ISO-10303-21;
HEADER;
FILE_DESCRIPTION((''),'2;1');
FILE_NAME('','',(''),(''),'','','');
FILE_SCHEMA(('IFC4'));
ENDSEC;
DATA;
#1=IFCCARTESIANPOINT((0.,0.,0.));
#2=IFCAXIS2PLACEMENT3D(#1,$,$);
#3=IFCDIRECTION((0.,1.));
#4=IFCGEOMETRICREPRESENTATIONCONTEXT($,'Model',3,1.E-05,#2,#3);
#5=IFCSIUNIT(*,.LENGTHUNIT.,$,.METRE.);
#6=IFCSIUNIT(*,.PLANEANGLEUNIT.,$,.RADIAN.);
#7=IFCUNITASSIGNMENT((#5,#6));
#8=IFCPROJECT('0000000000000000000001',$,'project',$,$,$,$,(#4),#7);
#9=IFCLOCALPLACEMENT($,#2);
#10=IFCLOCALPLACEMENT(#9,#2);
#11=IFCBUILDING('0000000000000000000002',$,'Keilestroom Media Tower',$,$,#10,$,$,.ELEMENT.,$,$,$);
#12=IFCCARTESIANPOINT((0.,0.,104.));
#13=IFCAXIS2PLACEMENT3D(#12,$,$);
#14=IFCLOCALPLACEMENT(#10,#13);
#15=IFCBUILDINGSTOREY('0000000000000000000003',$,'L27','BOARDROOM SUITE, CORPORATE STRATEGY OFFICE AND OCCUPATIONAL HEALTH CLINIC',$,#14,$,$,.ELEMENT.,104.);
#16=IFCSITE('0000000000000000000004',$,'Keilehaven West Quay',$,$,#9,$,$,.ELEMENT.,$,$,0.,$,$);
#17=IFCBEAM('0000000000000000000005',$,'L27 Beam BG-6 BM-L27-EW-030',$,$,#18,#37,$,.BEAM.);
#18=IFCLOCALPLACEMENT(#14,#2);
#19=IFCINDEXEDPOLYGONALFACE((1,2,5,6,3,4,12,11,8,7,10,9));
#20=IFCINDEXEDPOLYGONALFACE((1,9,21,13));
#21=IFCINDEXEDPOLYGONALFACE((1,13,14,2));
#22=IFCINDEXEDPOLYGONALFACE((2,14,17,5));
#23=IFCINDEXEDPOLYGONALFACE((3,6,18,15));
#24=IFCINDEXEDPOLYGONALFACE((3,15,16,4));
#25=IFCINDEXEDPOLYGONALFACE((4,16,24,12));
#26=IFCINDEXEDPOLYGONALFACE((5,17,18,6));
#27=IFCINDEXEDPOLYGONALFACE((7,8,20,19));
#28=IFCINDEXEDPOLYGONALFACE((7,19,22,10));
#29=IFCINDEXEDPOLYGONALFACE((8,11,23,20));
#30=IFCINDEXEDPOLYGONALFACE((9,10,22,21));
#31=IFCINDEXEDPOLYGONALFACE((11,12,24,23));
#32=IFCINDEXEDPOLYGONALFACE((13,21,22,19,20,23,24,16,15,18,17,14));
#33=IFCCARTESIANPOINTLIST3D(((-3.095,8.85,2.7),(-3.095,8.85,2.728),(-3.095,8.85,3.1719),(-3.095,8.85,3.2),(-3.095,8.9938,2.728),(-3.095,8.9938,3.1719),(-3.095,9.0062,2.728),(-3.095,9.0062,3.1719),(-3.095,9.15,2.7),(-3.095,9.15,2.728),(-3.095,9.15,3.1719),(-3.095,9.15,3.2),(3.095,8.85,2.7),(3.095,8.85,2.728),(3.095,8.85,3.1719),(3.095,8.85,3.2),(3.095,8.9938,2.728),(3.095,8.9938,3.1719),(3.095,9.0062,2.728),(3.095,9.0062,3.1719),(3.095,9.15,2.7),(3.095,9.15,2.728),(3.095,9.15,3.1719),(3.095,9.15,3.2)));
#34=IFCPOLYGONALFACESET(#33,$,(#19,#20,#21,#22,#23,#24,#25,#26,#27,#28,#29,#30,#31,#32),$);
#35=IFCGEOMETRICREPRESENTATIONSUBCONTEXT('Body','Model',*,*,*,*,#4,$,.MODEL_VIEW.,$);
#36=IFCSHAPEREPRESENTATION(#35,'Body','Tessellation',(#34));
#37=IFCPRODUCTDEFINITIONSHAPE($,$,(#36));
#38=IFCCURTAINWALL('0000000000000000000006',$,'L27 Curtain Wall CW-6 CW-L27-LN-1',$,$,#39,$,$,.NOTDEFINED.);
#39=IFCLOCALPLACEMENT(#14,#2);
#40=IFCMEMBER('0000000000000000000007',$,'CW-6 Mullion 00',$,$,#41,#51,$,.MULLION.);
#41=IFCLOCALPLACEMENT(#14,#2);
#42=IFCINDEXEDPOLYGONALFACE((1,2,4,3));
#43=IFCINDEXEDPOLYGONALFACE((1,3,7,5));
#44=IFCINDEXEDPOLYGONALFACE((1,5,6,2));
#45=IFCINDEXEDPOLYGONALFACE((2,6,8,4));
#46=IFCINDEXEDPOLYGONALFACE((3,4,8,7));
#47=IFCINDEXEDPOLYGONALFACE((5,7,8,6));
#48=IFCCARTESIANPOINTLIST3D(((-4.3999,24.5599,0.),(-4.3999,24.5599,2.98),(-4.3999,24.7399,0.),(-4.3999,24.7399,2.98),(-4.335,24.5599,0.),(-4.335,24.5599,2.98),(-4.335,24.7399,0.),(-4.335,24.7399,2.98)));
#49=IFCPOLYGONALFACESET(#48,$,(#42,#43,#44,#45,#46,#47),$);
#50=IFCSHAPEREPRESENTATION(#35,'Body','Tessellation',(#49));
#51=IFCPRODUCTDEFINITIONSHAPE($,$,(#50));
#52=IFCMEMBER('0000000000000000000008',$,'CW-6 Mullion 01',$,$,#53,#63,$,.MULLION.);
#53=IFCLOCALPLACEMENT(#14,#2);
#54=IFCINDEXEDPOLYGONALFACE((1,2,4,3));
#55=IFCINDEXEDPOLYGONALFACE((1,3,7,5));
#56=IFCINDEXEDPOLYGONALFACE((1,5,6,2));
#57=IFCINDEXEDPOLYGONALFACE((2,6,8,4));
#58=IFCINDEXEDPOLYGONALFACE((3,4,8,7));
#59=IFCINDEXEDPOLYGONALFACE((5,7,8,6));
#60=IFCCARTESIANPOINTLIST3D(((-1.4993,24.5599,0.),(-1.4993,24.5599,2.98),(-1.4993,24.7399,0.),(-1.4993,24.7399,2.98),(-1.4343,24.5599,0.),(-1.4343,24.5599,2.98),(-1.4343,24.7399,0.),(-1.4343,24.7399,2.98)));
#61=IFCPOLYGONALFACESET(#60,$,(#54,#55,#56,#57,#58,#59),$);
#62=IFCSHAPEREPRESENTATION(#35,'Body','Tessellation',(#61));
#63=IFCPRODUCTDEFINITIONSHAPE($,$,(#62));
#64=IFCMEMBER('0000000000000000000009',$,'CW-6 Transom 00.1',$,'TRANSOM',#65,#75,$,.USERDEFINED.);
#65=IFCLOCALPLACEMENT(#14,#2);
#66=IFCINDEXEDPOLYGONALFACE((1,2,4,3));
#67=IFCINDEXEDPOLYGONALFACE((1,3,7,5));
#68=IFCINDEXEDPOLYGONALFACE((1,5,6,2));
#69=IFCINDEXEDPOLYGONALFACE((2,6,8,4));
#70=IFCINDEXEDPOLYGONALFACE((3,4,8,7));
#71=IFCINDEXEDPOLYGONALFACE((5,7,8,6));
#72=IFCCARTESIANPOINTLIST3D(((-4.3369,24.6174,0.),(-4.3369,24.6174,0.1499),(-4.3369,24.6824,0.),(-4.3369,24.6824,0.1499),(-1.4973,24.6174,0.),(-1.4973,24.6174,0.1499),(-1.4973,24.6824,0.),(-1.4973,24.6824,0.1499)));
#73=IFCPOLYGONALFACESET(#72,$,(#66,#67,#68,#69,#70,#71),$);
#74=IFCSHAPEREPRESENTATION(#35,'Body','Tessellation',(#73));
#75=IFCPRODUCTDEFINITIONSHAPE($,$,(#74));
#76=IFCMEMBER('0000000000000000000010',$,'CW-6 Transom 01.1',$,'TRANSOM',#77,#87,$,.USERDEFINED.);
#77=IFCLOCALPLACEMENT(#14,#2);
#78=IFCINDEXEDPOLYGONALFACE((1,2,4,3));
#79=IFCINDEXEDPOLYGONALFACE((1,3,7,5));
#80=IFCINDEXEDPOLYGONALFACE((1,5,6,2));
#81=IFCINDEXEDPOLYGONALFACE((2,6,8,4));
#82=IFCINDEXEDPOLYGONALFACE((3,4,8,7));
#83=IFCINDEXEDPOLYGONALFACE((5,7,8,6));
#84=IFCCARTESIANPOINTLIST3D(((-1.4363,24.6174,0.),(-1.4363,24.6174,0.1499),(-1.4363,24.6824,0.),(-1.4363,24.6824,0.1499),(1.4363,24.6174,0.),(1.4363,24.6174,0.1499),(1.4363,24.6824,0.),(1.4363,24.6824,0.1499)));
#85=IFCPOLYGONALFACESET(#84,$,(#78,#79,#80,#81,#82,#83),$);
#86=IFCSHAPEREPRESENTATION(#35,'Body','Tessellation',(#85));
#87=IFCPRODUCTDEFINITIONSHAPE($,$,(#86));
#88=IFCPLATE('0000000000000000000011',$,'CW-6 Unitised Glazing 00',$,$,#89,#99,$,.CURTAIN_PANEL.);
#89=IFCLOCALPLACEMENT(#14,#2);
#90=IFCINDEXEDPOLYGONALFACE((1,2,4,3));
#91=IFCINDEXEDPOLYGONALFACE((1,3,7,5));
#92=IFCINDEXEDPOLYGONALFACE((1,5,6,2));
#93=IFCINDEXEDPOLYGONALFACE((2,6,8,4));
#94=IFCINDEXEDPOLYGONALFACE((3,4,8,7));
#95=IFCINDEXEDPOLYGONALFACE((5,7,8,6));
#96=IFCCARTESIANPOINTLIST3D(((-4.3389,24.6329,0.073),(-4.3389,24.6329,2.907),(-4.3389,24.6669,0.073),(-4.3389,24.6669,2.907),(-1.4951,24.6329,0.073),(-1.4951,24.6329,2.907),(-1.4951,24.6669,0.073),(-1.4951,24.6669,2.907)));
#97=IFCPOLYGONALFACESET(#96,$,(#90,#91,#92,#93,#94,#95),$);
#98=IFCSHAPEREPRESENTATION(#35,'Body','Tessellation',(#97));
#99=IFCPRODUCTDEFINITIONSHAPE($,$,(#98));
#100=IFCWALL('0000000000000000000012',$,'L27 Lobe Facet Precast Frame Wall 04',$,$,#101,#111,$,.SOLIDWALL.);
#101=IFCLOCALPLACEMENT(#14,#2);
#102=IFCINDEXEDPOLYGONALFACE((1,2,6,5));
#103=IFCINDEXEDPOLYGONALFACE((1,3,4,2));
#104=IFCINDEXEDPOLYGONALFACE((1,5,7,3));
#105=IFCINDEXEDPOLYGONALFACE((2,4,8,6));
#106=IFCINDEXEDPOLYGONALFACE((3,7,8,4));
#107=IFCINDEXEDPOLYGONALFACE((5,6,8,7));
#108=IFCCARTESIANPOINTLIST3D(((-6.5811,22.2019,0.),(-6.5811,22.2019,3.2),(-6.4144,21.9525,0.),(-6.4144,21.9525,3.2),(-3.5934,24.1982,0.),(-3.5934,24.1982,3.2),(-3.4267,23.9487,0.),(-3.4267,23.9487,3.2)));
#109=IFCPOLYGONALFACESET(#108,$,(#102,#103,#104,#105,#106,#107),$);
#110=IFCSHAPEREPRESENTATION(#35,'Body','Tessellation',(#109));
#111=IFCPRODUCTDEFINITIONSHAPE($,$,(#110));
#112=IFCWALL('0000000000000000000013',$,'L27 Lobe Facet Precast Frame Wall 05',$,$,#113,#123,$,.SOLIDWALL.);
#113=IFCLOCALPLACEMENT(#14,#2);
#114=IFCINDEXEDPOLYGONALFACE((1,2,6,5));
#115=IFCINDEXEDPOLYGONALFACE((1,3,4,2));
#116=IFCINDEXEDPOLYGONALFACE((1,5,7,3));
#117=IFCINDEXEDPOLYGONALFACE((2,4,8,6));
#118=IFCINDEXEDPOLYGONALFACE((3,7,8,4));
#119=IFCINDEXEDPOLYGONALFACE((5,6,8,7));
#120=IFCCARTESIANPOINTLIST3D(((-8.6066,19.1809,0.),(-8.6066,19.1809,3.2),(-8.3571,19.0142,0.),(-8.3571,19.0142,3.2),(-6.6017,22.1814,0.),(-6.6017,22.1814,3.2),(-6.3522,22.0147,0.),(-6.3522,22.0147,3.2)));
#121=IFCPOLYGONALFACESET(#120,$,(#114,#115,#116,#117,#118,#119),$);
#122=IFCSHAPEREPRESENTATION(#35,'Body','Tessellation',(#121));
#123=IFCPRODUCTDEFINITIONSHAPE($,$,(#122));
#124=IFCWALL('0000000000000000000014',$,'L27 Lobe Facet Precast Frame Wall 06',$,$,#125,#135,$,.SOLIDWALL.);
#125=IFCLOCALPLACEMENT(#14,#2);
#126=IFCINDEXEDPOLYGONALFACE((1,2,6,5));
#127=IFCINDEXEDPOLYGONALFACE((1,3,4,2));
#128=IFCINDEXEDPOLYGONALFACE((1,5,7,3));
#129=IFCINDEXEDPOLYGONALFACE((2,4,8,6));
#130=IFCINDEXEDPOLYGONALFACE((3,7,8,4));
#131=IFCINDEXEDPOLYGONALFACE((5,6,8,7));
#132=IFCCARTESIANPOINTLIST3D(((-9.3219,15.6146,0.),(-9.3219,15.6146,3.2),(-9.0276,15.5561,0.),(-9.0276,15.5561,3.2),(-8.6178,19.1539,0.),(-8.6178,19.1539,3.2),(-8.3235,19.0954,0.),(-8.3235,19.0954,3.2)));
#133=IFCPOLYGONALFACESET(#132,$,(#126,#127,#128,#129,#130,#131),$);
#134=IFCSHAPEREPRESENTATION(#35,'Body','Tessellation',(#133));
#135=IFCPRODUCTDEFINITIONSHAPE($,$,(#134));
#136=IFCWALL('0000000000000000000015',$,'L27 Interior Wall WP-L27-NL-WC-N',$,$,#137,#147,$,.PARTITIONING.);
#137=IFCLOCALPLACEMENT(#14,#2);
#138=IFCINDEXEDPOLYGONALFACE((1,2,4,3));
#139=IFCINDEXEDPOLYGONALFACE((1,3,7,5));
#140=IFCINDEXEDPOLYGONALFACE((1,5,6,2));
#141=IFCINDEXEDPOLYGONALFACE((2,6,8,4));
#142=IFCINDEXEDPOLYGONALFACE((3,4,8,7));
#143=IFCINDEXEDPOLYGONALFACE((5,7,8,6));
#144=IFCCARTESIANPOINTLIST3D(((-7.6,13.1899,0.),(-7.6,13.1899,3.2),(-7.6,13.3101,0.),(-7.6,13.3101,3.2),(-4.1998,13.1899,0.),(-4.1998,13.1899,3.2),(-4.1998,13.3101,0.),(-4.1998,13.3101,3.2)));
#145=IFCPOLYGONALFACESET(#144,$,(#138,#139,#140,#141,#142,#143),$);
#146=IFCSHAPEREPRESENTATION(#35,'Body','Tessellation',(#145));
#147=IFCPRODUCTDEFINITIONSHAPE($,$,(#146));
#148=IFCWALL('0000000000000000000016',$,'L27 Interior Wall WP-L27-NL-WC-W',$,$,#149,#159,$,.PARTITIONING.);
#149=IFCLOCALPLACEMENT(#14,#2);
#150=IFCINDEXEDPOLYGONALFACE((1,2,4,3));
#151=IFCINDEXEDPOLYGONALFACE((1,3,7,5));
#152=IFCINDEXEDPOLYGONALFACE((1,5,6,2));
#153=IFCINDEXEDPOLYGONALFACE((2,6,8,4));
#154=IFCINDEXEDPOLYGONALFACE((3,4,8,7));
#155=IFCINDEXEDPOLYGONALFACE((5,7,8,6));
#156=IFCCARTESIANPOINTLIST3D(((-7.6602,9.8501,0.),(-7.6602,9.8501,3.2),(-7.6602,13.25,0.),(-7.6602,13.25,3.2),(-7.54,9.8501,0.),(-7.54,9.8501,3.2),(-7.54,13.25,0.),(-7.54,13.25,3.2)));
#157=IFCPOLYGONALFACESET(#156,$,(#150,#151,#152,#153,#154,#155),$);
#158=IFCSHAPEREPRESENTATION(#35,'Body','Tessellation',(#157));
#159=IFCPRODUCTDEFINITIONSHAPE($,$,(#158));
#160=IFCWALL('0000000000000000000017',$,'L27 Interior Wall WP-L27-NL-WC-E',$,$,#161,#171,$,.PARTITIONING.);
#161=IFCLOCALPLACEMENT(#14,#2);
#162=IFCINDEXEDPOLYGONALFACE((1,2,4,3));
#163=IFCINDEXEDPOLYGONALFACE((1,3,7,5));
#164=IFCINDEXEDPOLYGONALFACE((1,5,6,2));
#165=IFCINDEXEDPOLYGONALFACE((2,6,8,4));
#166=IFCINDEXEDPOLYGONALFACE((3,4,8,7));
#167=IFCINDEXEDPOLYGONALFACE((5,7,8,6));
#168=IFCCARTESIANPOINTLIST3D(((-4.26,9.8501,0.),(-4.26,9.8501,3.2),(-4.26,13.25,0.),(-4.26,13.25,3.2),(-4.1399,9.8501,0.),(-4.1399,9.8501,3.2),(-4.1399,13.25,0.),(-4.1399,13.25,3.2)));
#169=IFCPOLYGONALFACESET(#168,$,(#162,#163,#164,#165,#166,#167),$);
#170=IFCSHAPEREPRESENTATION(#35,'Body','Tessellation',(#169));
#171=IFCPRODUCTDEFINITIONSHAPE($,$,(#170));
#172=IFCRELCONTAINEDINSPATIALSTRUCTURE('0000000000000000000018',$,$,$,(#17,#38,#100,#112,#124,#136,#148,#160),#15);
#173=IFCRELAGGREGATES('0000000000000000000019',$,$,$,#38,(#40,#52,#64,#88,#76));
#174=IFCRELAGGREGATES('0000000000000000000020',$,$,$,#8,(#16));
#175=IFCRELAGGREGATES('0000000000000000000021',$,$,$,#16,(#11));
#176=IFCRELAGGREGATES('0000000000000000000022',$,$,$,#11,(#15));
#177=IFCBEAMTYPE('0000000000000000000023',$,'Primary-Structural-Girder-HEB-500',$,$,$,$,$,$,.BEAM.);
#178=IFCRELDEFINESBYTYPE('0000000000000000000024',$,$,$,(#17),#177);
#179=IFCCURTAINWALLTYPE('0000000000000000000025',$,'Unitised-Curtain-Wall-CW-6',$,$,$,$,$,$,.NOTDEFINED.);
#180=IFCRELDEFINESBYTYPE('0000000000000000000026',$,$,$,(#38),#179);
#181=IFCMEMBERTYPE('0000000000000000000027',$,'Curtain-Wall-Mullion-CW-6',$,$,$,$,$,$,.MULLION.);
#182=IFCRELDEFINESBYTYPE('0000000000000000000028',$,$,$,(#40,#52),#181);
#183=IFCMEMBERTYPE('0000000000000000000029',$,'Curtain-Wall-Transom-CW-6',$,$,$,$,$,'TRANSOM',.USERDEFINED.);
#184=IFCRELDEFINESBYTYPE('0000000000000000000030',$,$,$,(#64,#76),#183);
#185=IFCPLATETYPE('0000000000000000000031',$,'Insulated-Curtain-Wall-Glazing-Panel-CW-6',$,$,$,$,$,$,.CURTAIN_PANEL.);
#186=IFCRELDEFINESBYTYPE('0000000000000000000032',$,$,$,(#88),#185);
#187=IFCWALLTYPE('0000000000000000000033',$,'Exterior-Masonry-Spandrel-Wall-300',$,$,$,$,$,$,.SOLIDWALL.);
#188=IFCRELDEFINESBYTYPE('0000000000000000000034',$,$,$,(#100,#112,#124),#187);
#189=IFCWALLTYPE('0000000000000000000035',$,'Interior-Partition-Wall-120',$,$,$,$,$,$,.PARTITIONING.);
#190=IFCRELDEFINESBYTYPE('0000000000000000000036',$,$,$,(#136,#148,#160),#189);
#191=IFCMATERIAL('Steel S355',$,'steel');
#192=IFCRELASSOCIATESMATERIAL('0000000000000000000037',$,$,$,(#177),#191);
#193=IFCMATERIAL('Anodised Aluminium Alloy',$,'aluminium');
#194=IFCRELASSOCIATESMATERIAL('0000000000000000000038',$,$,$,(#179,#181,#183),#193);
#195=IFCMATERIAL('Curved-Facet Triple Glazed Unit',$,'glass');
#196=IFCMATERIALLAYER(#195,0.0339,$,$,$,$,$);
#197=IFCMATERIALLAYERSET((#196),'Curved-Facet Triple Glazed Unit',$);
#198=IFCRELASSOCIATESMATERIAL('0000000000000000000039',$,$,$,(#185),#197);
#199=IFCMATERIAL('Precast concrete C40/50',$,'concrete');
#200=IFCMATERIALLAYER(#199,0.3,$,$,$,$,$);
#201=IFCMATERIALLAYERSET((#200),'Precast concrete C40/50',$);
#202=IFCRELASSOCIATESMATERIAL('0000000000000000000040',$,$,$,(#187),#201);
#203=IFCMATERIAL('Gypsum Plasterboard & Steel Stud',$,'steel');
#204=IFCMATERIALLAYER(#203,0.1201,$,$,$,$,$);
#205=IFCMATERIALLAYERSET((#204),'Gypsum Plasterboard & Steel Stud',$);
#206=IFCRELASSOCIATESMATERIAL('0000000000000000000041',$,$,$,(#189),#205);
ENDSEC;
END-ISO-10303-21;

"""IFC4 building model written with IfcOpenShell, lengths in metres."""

from ifc_helpers import new_model, si_unit, direction, frame, frame_2d, origin, origin_2d, place, context, subcontext, project, spatial, rectangle, i_section, extrude, source, transform, mapped, material, layer, layer_set, material_profile, profile_set, type_object, element, aggregate, save


model = new_model("IFC4")

# Units and contexts
model_context = context("Model", 3, precision=1e-05, world=origin(), true_north=direction((0.0, 1.0)))
body_context = subcontext(model_context, "Body", "Model", "MODEL_VIEW")
ifc_project = project(units=[si_unit("LENGTHUNIT", "METRE"), si_unit("PLANEANGLEUNIT", "RADIAN")], contexts=[model_context])

# Site, building, storey
site_placement = place(None, origin())
site = spatial("IfcSite", under=ifc_project, at=site_placement, Name="Keilehaven West Quay", CompositionType="ELEMENT", RefElevation=0.0)
building_placement = place(site_placement, origin())
building = spatial("IfcBuilding", under=site, at=building_placement, Name="Keilestroom Media Tower", CompositionType="ELEMENT")
storey_placement = place(building_placement, frame((0.0, 0.0, 104.0)))
storey = spatial("IfcBuildingStorey", under=building, at=storey_placement, Name="L27", Description="BOARDROOM SUITE, CORPORATE STRATEGY OFFICE AND OCCUPATIONAL HEALTH CLINIC", CompositionType="ELEMENT", Elevation=104.0)

# Shared definitions
ifc_material_1 = material(Name="Steel S355", Category="steel")

# Beam
ifc_material_profile_1 = material_profile(ifc_material_1, i_section(OverallWidth=0.3, OverallDepth=0.5, WebThickness=0.0125, FlangeThickness=0.0281, at=origin_2d()), Name="HEB 500")
ifc_profile_set_1 = profile_set([ifc_material_profile_1], Name="Steel S355")
beam_type = type_object("IfcBeamType", Name="Primary-Structural-Girder-HEB-500", PredefinedType="BEAM", material=ifc_profile_set_1)
shared_shape_1 = source(origin(), body_context, "Body", "SweptSolid", [
    extrude(i_section(OverallWidth=0.3, OverallDepth=0.5, WebThickness=0.0125, FlangeThickness=0.0281, at=origin_2d()), origin(), (0.0, 0.0, 1.0), 6.1899),
])
beam_1_placement = place(storey_placement, frame((-3.095, 9.0, 2.95), z_axis=(1.0, 0.0, 0.0), x_axis=(0.0, 1.0, 0.0)))
element("IfcBeam", 1, at=beam_1_placement, inside=storey, type_object=beam_type, Name="L27 Beam BG-6 BM-L27-EW-030", PredefinedType="BEAM", context=body_context, shape_type="MappedRepresentation", body=[
    mapped(shared_shape_1, transform((0.0, 0.0, 0.0), x_axis=(1.0, 0.0, 0.0), y_axis=(0.0, 1.0, 0.0), z_axis=(0.0, 0.0, 1.0), scale=1.0)),
])

# Curtain wall, members, plate
ifc_material_2 = material(Name="Anodised Aluminium Alloy", Category="aluminium")
curtain_wall_type = type_object("IfcCurtainWallType", Name="Unitised-Curtain-Wall-CW-6", PredefinedType="NOTDEFINED", material=ifc_material_2)
curtain_wall_placement = place(storey_placement, origin())
curtain_wall = element("IfcCurtainWall", 2, at=curtain_wall_placement, inside=storey, type_object=curtain_wall_type, Name="L27 Curtain Wall CW-6 CW-L27-LN-1", PredefinedType="NOTDEFINED")
ifc_material_profile_2 = material_profile(ifc_material_2, rectangle(XDim=0.0649, YDim=0.1799, at=origin_2d()), Name="ALU MULLION 65x180")
ifc_profile_set_2 = profile_set([ifc_material_profile_2], Name="Anodised Aluminium Alloy")
member_type_1 = type_object("IfcMemberType", Name="Curtain-Wall-Mullion-CW-6", PredefinedType="MULLION", material=ifc_profile_set_2)
shared_shape_2 = source(origin(), body_context, "Body", "SweptSolid", [
    extrude(rectangle(XDim=0.0649, YDim=0.1799, at=origin_2d()), origin(), (0.0, 0.0, 1.0), 2.98),
])
member_1_placement = place(storey_placement, frame((-4.3674, 24.6499, 0.0), z_axis=(0.0, 0.0, 1.0), x_axis=(1.0, 0.0, 0.0)))
member_1 = element("IfcMember", 3, at=member_1_placement, type_object=member_type_1, Name="CW-6 Mullion 00", PredefinedType="MULLION", context=body_context, shape_type="MappedRepresentation", body=[
    mapped(shared_shape_2, transform((0.0, 0.0, 0.0), x_axis=(1.0, 0.0, 0.0), y_axis=(0.0, 1.0, 0.0), z_axis=(0.0, 0.0, 1.0), scale=1.0)),
])
member_2_placement = place(storey_placement, frame((-1.4668, 24.6499, 0.0), z_axis=(0.0, 0.0, 1.0), x_axis=(1.0, 0.0, 0.0)))
member_2 = element("IfcMember", 4, at=member_2_placement, type_object=member_type_1, Name="CW-6 Mullion 01", PredefinedType="MULLION", context=body_context, shape_type="MappedRepresentation", body=[
    mapped(shared_shape_2, transform((0.0, 0.0, 0.0), x_axis=(1.0, 0.0, 0.0), y_axis=(0.0, 1.0, 0.0), z_axis=(0.0, 0.0, 1.0), scale=1.0)),
])
ifc_material_profile_3 = material_profile(ifc_material_2, rectangle(XDim=0.0649, YDim=0.1499, at=origin_2d()), Name="ALU TRANSOM 65x150")
ifc_profile_set_3 = profile_set([ifc_material_profile_3], Name="Anodised Aluminium Alloy")
member_type_2 = type_object("IfcMemberType", Name="Curtain-Wall-Transom-CW-6", ElementType="TRANSOM", PredefinedType="USERDEFINED", material=ifc_profile_set_3)
shared_shape_3 = source(origin(), body_context, "Body", "SweptSolid", [
    extrude(rectangle(XDim=0.0649, YDim=0.1499, at=origin_2d()), origin(), (0.0, 0.0, 1.0), 2.8396),
])
member_3_placement = place(storey_placement, frame((-4.3369, 24.6499, 0.075), z_axis=(1.0, 0.0, 0.0), x_axis=(0.0, 1.0, 0.0)))
member_3 = element("IfcMember", 5, at=member_3_placement, type_object=member_type_2, Name="CW-6 Transom 00.1", ObjectType="TRANSOM", PredefinedType="USERDEFINED", context=body_context, shape_type="MappedRepresentation", body=[
    mapped(shared_shape_3, transform((0.0, 0.0, 0.0), x_axis=(1.0, 0.0, 0.0), y_axis=(0.0, 1.0, 0.0), z_axis=(0.0, 0.0, 1.0), scale=1.0)),
])
shared_shape_4 = source(origin(), body_context, "Body", "SweptSolid", [
    extrude(rectangle(XDim=0.0649, YDim=0.1499, at=origin_2d()), origin(), (0.0, 0.0, 1.0), 2.8726),
])
member_4_placement = place(storey_placement, frame((-1.4363, 24.6499, 0.075), z_axis=(1.0, 0.0, 0.0), x_axis=(0.0, 1.0, 0.0)))
member_4 = element("IfcMember", 6, at=member_4_placement, type_object=member_type_2, Name="CW-6 Transom 01.1", ObjectType="TRANSOM", PredefinedType="USERDEFINED", context=body_context, shape_type="MappedRepresentation", body=[
    mapped(shared_shape_4, transform((0.0, 0.0, 0.0), x_axis=(1.0, 0.0, 0.0), y_axis=(0.0, 1.0, 0.0), z_axis=(0.0, 0.0, 1.0), scale=1.0)),
])
ifc_material_3 = material(Name="Curved-Facet Triple Glazed Unit", Category="glass")
ifc_layer_1 = layer(ifc_material_3, 0.0339)
ifc_layer_set_1 = layer_set([ifc_layer_1], Name="Curved-Facet Triple Glazed Unit")
plate_type = type_object("IfcPlateType", Name="Insulated-Curtain-Wall-Glazing-Panel-CW-6", PredefinedType="CURTAIN_PANEL", material=ifc_layer_set_1)
shared_shape_5 = source(origin(), body_context, "Body", "SweptSolid", [
    extrude(rectangle(XDim=2.8438, YDim=0.0339, at=origin_2d()), origin(), (0.0, 0.0, 1.0), 2.834),
])
plate_placement = place(storey_placement, frame((-2.917, 24.6499, 0.073), z_axis=(0.0, 0.0, 1.0), x_axis=(1.0, 0.0, 0.0)))
plate = element("IfcPlate", 7, at=plate_placement, type_object=plate_type, Name="CW-6 Unitised Glazing 00", PredefinedType="CURTAIN_PANEL", context=body_context, shape_type="MappedRepresentation", body=[
    mapped(shared_shape_5, transform((0.0, 0.0, 0.0), x_axis=(1.0, 0.0, 0.0), y_axis=(0.0, 1.0, 0.0), z_axis=(0.0, 0.0, 1.0), scale=1.0)),
])
aggregate(curtain_wall, [member_1, member_2, member_3, plate, member_4])

# Walls
ifc_material_4 = material(Name="Precast concrete C40/50", Category="concrete")
ifc_layer_2 = layer(ifc_material_4, 0.3)
ifc_layer_set_2 = layer_set([ifc_layer_2], Name="Precast concrete C40/50")
wall_type_1 = type_object("IfcWallType", Name="Exterior-Masonry-Spandrel-Wall-300", PredefinedType="SOLIDWALL", material=ifc_layer_set_2)
wall_1_placement = place(storey_placement, frame((-3.51, 24.0735, 0.0), z_axis=(0.0, 0.0, 1.0), x_axis=(-0.831475, -0.555562, 0.0)))
element("IfcWall", 8, at=wall_1_placement, inside=storey, type_object=wall_type_1, Name="L27 Lobe Facet Precast Frame Wall 04", PredefinedType="SOLIDWALL", context=body_context, shape_type="SweptSolid", body=[
    extrude(rectangle(XDim=3.5933, YDim=0.3, at=frame_2d((1.7966, 0.0))), origin(), (0.0, 0.0, 1.0), 3.2),
])
for number, where, z_axis, x_axis, name in (
    (9, (-6.4771, 22.0979, 0.0), (0.0, 0.0, 1.0), (-0.555574, -0.831467, 0.0), "L27 Lobe Facet Precast Frame Wall 05"),
    (10, (-8.4707, 19.1245, 0.0), (0.0, 0.0, 1.0), (-0.195114, -0.980781, 0.0), "L27 Lobe Facet Precast Frame Wall 06"),
):
    element("IfcWall", number, at=place(storey_placement, frame(where, z_axis=z_axis, x_axis=x_axis)), inside=storey, type_object=wall_type_1, Name=name, PredefinedType="SOLIDWALL", context=body_context, shape_type="SweptSolid", body=[
        extrude(rectangle(XDim=3.6086, YDim=0.3, at=frame_2d((1.8042, 0.0))), origin(), (0.0, 0.0, 1.0), 3.2),
    ])
ifc_material_5 = material(Name="Gypsum Plasterboard & Steel Stud", Category="steel")
ifc_layer_3 = layer(ifc_material_5, 0.1201)
ifc_layer_set_3 = layer_set([ifc_layer_3], Name="Gypsum Plasterboard & Steel Stud")
wall_type_2 = type_object("IfcWallType", Name="Interior-Partition-Wall-120", PredefinedType="PARTITIONING", material=ifc_layer_set_3)
wall_2_placement = place(storey_placement, frame((-7.6001, 13.25, 0.0), z_axis=(0.0, 0.0, 1.0), x_axis=(1.0, 0.0, 0.0)))
element("IfcWall", 11, at=wall_2_placement, inside=storey, type_object=wall_type_2, Name="L27 Interior Wall WP-L27-NL-WC-N", PredefinedType="PARTITIONING", context=body_context, shape_type="SweptSolid", body=[
    extrude(rectangle(XDim=3.4001, YDim=0.1201, at=frame_2d((1.7002, 0.0))), origin(), (0.0, 0.0, 1.0), 3.2),
])
for number, where, z_axis, x_axis, name in (
    (12, (-7.6001, 9.8501, 0.0), (0.0, 0.0, 1.0), (0.0, 1.0, 0.0), "L27 Interior Wall WP-L27-NL-WC-W"),
    (13, (-4.2, 9.8501, 0.0), (0.0, 0.0, 1.0), (0.0, 1.0, 0.0), "L27 Interior Wall WP-L27-NL-WC-E"),
):
    element("IfcWall", number, at=place(storey_placement, frame(where, z_axis=z_axis, x_axis=x_axis)), inside=storey, type_object=wall_type_2, Name=name, PredefinedType="PARTITIONING", context=body_context, shape_type="SweptSolid", body=[
        extrude(rectangle(XDim=3.3999, YDim=0.1201, at=frame_2d((1.7, 0.0))), origin(), (0.0, 0.0, 1.0), 3.2),
    ])

save(model, "model.ifc")
